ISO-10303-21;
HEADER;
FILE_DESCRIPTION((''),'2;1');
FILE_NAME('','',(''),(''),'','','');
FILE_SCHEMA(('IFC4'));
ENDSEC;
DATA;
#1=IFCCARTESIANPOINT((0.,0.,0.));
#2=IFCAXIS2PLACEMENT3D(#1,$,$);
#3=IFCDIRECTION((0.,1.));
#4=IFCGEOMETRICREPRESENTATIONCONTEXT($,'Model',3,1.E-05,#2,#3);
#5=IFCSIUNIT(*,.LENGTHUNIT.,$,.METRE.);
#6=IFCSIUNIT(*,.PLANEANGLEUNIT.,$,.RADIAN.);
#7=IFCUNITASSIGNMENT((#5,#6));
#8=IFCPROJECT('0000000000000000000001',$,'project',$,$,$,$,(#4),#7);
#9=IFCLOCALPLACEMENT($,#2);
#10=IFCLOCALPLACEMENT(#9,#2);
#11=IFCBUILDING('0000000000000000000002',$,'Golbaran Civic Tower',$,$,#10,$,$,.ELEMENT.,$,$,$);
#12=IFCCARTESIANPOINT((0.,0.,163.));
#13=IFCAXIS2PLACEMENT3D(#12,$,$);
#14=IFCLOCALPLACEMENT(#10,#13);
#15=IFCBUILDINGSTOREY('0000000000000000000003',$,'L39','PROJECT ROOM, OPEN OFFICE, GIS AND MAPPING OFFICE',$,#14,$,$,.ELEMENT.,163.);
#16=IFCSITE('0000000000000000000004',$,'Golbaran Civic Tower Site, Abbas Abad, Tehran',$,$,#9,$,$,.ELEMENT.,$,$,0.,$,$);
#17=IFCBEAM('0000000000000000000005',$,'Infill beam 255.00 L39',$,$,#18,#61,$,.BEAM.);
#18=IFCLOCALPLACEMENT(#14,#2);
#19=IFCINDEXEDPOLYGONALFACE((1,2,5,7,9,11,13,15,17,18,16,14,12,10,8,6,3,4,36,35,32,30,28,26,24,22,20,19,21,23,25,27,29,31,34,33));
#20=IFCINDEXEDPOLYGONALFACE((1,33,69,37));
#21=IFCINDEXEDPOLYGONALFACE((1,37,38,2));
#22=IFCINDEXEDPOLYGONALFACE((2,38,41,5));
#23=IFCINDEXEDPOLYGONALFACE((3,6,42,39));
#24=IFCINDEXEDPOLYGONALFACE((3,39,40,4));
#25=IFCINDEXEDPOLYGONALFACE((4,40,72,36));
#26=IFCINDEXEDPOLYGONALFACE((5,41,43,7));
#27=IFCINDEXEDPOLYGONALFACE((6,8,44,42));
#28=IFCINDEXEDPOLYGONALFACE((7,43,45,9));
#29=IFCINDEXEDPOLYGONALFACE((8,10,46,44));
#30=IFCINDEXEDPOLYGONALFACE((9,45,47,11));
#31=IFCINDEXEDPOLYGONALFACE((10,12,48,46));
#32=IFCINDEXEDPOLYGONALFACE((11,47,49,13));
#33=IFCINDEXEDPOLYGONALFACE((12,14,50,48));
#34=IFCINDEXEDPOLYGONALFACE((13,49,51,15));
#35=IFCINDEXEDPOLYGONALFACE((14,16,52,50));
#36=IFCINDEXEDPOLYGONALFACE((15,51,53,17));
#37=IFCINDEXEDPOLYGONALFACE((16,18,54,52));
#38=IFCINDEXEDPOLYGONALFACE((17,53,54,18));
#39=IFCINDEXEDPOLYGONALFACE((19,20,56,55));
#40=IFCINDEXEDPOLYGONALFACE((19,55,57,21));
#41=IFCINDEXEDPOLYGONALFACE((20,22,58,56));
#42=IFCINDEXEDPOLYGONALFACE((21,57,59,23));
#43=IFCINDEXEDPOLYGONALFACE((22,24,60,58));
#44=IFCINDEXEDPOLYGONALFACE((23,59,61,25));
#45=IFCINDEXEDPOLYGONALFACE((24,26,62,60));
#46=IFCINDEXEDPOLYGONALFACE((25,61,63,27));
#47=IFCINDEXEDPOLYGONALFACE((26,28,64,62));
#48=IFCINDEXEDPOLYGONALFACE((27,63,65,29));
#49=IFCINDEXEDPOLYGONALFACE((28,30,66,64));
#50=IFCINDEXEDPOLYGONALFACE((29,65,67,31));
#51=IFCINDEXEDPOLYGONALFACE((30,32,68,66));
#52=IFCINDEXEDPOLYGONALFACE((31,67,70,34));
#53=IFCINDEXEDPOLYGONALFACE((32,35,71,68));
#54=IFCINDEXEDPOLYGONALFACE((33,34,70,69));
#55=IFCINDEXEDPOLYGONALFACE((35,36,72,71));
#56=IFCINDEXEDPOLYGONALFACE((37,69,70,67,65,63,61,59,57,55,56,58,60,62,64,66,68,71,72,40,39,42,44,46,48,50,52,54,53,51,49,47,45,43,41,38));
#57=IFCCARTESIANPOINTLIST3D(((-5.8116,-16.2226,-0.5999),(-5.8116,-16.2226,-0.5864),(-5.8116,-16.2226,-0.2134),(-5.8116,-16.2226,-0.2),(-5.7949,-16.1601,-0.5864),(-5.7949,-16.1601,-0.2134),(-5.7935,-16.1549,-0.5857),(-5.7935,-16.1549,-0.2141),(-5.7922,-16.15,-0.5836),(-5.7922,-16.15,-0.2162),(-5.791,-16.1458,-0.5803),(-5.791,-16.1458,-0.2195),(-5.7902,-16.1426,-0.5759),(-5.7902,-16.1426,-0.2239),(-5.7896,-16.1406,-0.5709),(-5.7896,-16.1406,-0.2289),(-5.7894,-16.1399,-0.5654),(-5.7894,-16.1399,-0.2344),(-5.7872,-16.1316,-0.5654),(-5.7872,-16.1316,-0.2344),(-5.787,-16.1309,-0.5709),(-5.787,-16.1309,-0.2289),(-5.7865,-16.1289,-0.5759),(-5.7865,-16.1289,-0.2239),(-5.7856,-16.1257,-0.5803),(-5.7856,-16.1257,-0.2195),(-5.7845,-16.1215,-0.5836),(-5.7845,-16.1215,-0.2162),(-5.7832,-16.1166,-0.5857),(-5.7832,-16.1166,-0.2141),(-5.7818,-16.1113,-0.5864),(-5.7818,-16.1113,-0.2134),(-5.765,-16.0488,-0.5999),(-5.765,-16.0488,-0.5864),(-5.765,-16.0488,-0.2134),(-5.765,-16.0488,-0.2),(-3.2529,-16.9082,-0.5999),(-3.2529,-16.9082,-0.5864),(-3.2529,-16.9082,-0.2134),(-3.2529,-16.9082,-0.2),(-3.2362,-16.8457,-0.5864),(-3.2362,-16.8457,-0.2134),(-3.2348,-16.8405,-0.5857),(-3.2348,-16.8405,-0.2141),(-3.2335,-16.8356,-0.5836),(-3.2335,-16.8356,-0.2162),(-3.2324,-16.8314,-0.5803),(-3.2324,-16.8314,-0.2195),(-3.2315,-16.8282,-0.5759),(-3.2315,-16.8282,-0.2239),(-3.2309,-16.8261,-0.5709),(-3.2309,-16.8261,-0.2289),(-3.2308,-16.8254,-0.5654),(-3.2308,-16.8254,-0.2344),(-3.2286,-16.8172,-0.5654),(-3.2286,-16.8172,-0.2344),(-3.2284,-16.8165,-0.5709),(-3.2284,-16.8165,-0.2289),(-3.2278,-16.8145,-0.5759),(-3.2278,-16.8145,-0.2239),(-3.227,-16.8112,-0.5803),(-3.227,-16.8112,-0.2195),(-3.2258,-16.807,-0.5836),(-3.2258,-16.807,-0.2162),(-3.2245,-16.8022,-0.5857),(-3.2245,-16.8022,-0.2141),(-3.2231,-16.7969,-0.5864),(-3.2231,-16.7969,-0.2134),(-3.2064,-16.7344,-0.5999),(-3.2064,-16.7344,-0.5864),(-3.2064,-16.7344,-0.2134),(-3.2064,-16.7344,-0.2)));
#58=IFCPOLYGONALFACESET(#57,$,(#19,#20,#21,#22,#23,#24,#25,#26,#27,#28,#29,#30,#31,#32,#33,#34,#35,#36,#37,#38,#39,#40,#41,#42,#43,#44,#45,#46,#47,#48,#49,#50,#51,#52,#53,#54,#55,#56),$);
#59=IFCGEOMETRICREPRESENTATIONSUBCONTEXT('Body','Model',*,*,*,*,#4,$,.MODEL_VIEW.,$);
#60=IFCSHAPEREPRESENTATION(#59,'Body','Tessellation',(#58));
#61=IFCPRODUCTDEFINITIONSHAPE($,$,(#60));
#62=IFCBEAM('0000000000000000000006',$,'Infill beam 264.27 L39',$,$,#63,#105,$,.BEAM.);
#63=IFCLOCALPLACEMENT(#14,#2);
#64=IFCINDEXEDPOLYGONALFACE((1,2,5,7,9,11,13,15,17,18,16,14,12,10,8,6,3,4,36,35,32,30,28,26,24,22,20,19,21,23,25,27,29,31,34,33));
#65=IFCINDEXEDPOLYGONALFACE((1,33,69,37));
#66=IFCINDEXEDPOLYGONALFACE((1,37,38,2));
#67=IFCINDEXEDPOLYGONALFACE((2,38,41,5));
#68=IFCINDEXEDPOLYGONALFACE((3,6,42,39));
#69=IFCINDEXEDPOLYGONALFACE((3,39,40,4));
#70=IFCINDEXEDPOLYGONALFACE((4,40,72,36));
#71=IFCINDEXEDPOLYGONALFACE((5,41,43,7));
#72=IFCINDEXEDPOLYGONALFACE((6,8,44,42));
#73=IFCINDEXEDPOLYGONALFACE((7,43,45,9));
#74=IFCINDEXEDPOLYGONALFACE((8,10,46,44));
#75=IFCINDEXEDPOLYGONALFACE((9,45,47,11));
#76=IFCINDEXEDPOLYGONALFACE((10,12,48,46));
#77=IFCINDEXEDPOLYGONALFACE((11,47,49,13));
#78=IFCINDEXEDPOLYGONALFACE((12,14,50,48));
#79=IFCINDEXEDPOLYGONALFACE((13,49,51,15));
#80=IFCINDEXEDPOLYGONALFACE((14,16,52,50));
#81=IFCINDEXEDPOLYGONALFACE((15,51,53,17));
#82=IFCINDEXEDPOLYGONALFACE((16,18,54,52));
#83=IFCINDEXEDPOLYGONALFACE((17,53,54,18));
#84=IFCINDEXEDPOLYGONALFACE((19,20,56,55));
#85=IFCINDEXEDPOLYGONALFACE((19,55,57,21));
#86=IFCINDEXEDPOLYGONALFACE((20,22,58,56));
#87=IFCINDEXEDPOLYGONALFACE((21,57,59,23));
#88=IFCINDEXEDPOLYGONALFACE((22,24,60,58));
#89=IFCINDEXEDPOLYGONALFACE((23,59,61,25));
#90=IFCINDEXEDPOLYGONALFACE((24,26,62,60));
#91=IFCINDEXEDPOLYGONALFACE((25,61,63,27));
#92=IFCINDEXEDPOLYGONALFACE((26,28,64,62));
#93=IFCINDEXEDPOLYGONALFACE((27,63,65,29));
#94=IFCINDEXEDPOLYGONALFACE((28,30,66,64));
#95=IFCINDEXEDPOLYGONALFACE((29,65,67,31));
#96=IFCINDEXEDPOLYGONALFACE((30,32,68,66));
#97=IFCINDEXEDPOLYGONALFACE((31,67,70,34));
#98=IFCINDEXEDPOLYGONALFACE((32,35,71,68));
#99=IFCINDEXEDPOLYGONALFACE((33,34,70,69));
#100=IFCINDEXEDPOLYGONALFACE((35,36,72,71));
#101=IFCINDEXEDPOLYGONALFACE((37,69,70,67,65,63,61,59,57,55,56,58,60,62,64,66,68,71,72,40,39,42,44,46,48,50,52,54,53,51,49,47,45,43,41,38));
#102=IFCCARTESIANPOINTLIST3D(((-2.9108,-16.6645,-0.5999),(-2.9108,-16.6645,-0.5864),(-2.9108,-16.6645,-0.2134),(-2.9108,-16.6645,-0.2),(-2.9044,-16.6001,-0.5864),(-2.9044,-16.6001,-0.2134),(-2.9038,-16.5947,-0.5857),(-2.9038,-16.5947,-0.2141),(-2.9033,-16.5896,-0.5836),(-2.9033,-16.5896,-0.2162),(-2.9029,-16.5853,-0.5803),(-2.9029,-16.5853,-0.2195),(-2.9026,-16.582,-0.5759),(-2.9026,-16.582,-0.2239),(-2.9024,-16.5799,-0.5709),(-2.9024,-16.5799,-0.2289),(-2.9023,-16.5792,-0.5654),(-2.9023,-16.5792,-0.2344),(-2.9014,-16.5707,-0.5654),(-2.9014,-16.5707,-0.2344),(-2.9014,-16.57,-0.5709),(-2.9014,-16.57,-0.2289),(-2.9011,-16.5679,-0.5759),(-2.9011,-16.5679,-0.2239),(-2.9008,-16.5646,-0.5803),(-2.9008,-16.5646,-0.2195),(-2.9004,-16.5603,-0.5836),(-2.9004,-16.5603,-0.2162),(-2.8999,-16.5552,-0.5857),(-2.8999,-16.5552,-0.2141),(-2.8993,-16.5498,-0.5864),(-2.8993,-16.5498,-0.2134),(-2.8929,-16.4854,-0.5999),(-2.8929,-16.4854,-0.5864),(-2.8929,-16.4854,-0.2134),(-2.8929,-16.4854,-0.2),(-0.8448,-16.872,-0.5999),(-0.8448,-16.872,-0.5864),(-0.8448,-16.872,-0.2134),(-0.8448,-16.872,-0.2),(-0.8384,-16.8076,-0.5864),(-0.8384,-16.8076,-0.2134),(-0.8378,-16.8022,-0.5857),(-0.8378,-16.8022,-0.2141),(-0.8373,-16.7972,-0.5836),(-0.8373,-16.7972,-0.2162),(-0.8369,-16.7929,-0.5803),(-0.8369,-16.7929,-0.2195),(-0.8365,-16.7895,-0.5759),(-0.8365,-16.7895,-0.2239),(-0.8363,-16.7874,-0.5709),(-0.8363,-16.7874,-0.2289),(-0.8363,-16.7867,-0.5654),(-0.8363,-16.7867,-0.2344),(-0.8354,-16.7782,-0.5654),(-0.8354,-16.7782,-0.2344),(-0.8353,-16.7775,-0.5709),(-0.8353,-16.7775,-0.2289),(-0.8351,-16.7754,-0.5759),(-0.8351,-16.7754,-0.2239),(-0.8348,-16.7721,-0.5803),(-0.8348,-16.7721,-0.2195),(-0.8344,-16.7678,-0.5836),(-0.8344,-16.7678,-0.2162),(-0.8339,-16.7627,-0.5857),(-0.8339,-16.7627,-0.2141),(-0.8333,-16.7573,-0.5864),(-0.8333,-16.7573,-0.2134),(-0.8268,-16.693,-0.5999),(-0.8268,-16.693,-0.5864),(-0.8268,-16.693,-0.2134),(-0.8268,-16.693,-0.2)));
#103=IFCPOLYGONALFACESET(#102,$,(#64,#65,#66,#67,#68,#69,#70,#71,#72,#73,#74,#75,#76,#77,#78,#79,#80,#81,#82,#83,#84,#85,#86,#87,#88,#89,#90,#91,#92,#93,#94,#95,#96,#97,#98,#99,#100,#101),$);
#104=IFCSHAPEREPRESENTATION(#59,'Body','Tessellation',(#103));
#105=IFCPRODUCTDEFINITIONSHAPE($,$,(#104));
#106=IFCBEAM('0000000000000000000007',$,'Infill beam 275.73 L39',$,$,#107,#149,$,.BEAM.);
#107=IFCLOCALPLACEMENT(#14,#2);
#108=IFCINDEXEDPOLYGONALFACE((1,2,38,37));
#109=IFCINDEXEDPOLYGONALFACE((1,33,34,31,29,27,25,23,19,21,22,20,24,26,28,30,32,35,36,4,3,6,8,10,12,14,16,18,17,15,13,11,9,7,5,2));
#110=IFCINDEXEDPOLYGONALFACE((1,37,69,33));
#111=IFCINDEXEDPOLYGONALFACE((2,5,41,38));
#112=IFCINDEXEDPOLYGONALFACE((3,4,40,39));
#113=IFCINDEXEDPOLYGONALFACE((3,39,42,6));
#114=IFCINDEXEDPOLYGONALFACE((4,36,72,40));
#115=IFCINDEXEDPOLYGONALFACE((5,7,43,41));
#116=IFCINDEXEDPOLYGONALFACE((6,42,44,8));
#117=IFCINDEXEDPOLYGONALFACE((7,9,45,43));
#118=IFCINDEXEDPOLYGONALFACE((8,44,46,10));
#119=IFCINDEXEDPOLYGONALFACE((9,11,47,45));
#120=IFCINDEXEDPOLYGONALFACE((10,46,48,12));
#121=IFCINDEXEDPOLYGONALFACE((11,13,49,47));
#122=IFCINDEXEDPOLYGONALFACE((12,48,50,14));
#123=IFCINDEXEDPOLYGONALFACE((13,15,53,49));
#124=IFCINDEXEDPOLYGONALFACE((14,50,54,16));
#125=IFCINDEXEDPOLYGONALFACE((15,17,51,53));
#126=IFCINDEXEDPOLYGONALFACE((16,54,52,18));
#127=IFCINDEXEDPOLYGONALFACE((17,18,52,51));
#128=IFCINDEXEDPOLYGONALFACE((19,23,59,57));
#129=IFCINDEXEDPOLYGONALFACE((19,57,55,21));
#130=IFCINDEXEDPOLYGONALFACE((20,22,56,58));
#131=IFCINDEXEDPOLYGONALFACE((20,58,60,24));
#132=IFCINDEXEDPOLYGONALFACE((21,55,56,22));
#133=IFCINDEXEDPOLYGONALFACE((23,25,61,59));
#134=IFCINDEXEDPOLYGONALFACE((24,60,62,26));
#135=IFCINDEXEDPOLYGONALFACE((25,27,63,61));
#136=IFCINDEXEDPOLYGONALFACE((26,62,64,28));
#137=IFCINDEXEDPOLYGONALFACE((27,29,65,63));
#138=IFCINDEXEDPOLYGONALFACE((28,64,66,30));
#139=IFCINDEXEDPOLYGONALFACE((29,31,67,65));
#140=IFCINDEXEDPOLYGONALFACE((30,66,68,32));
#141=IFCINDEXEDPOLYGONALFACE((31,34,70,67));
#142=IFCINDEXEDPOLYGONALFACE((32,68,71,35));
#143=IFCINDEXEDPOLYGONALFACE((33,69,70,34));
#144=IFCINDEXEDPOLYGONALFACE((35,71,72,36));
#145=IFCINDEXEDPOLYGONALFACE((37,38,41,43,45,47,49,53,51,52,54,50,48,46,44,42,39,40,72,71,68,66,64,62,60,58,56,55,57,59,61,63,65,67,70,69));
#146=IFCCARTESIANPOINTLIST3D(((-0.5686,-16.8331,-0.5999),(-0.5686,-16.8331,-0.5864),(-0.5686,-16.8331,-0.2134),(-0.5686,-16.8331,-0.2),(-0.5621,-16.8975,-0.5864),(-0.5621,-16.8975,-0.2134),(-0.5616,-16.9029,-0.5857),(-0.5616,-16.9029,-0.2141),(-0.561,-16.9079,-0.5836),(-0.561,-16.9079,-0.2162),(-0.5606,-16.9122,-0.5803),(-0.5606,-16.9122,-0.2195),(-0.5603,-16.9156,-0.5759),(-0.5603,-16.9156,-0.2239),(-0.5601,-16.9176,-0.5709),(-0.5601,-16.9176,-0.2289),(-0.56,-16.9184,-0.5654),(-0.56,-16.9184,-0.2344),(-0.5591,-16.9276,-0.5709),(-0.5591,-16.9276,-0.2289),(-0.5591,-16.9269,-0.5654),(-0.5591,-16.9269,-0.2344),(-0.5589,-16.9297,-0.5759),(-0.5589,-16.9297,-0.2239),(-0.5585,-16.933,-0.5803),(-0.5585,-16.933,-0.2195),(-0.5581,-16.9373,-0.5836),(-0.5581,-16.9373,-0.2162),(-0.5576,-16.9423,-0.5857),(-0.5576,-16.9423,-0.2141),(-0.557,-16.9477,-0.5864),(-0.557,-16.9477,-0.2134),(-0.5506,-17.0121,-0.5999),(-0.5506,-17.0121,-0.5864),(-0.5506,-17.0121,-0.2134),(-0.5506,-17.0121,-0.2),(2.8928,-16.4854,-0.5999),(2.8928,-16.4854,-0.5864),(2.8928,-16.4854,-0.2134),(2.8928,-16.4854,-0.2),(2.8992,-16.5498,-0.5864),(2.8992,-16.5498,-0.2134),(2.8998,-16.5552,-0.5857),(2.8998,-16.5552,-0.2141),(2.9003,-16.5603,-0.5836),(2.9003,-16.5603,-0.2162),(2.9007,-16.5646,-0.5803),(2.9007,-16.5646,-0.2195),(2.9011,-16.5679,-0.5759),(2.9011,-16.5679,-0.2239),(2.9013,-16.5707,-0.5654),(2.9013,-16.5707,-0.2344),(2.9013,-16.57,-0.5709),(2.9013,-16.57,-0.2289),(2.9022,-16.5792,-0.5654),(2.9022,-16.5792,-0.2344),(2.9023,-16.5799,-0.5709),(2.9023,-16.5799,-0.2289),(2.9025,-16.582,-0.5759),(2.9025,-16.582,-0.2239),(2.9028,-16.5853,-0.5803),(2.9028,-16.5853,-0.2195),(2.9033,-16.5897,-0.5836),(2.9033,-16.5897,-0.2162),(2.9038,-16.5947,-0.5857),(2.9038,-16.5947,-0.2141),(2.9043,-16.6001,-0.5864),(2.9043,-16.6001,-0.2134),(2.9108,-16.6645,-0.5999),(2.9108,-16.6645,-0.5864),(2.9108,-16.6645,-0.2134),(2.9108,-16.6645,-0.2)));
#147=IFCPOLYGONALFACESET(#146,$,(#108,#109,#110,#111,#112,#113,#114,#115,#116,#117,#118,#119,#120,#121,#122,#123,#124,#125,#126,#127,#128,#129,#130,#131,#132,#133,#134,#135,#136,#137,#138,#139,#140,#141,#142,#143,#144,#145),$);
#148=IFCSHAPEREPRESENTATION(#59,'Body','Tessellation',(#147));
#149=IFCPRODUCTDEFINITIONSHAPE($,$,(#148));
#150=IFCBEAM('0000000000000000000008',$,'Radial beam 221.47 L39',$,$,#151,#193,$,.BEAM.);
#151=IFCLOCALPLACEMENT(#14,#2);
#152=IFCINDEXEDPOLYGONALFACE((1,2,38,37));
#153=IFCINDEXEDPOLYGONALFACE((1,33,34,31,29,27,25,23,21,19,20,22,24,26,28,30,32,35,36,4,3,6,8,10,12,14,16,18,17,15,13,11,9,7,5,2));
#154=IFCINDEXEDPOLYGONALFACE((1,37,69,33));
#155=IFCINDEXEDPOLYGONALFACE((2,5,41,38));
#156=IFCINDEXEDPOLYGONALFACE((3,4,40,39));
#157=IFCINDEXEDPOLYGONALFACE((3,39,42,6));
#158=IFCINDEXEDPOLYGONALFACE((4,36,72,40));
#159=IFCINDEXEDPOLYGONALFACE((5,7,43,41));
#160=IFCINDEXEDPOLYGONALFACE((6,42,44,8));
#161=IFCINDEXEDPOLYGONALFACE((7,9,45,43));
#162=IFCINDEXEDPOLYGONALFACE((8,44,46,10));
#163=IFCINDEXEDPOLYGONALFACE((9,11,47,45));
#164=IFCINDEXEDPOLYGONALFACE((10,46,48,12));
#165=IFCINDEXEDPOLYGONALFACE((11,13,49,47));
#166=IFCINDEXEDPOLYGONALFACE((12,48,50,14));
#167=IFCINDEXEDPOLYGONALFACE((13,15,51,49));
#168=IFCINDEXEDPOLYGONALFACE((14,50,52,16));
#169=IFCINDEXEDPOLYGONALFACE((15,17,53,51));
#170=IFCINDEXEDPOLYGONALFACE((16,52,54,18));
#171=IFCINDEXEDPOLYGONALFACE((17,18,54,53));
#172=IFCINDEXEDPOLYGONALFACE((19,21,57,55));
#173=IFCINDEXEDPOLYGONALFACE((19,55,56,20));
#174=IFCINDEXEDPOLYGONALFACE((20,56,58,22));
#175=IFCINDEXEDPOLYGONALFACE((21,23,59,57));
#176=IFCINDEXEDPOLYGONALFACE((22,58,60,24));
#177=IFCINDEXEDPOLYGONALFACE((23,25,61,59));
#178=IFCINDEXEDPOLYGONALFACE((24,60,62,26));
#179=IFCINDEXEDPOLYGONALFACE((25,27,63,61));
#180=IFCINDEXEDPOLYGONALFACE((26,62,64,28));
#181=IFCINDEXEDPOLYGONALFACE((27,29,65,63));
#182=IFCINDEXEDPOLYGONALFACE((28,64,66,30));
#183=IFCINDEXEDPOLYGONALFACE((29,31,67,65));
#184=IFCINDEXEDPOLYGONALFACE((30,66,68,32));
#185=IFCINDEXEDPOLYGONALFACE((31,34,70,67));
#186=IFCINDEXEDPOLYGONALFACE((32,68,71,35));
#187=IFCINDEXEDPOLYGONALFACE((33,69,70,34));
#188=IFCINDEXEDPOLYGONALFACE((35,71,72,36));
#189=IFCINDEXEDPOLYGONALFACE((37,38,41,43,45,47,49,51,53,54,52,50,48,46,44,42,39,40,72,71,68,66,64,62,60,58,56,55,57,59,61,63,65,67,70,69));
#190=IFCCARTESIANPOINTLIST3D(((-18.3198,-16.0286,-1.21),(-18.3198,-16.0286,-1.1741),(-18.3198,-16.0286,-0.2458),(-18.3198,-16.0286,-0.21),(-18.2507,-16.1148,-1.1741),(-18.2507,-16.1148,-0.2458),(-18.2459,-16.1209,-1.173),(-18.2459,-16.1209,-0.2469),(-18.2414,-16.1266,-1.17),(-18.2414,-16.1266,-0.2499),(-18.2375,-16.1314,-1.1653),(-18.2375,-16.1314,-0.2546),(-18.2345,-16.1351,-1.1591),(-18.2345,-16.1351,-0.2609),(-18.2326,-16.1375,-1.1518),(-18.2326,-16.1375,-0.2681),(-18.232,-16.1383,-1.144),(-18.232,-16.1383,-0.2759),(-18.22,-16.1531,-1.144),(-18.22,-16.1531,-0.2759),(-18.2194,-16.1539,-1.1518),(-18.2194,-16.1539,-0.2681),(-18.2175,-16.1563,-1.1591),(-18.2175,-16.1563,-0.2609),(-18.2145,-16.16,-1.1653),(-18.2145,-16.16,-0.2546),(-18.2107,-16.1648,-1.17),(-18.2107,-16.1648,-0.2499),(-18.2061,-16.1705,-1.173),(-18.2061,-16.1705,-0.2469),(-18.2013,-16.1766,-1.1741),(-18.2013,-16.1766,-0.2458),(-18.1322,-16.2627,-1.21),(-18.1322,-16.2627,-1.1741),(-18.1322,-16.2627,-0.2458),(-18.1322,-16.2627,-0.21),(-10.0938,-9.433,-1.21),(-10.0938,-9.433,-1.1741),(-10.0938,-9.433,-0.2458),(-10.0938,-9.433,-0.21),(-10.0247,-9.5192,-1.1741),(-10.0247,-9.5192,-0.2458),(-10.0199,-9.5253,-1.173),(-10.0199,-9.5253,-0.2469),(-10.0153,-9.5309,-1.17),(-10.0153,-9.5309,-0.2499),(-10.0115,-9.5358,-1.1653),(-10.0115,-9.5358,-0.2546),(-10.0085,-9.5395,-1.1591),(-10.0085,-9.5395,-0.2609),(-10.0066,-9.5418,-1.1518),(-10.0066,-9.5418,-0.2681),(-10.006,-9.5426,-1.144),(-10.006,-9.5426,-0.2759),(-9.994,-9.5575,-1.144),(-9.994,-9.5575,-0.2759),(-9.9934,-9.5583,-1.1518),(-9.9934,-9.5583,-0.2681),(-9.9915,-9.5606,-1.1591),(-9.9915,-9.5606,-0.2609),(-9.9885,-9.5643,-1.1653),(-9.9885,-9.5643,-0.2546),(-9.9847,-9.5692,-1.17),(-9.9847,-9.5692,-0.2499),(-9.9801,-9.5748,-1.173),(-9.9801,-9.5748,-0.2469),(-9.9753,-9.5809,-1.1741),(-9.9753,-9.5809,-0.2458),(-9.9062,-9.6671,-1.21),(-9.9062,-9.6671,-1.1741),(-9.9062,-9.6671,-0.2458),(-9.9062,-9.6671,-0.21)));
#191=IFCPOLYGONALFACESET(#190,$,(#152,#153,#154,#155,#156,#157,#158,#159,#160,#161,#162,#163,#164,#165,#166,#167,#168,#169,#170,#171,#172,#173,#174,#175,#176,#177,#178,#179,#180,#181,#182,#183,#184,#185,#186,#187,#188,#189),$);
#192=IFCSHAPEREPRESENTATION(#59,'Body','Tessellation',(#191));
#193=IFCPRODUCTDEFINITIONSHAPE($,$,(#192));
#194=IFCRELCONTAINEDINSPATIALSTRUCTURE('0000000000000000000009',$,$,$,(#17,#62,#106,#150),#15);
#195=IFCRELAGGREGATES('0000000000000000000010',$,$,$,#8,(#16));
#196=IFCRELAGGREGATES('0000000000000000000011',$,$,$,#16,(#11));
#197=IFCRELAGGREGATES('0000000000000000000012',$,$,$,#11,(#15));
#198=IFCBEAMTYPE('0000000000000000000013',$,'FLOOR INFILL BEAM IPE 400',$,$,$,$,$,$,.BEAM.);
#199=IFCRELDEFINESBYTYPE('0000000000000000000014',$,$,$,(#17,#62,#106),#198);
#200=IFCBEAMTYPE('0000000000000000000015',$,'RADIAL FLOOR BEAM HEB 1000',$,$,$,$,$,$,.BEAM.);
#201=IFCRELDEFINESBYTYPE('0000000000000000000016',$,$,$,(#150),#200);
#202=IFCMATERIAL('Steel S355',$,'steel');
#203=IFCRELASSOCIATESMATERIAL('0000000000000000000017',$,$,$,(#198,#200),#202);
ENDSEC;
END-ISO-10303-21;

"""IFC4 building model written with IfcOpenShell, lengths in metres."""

from ifc_helpers import new_model, si_unit, direction, frame, origin, origin_2d, place, context, subcontext, project, spatial, i_section, extrude, material, material_profile, profile_set, type_object, element, save


model = new_model("IFC4")

# Units and contexts
model_context = context("Model", 3, precision=1e-05, world=origin(), true_north=direction((0.0, 1.0)))
body_context = subcontext(model_context, "Body", "Model", "MODEL_VIEW")
ifc_project = project(units=[si_unit("LENGTHUNIT", "METRE"), si_unit("PLANEANGLEUNIT", "RADIAN")], contexts=[model_context])

# Site, building, storey
site_placement = place(None, origin())
site = spatial("IfcSite", under=ifc_project, at=site_placement, Name="Golbaran Civic Tower Site, Abbas Abad, Tehran", CompositionType="ELEMENT", RefElevation=0.0)
building_placement = place(site_placement, origin())
building = spatial("IfcBuilding", under=site, at=building_placement, Name="Golbaran Civic Tower", CompositionType="ELEMENT")
storey_placement = place(building_placement, frame((0.0, 0.0, 163.0)))
storey = spatial("IfcBuildingStorey", under=building, at=storey_placement, Name="L39", Description="PROJECT ROOM, OPEN OFFICE, GIS AND MAPPING OFFICE", CompositionType="ELEMENT", Elevation=163.0)

# Beams
ifc_material_1 = material(Name="Steel S355", Category="steel")
ifc_material_profile_1 = material_profile(ifc_material_1, i_section(OverallWidth=0.1799, OverallDepth=0.3999, WebThickness=0.0085, FlangeThickness=0.0134, FilletRadius=0.021, at=origin_2d()), Name="IPE 400")
ifc_profile_set_1 = profile_set([ifc_material_profile_1], Name="Steel S355")
beam_type_1 = type_object("IfcBeamType", Name="FLOOR INFILL BEAM IPE 400", PredefinedType="BEAM", material=ifc_profile_set_1)
beam_1_placement = place(storey_placement, frame((-5.7883, -16.1357, -0.3999), z_axis=(0.965928, -0.25881, 0.0), x_axis=(0.25881, 0.965928, 0.0)))
element("IfcBeam", 1, at=beam_1_placement, inside=storey, type_object=beam_type_1, Name="Infill beam 255.00 L39", PredefinedType="BEAM", context=body_context, shape_type="SweptSolid", body=[
    extrude(i_section(OverallWidth=0.1799, OverallDepth=0.3999, WebThickness=0.0085, FlangeThickness=0.0134, FilletRadius=0.021, at=origin_2d()), origin(), (0.0, 0.0, 1.0), 2.6489),
])
beam_2_placement = place(storey_placement, frame((-2.9019, -16.575, -0.3999), z_axis=(0.994993, -0.099946, 0.0), x_axis=(0.099946, 0.994993, 0.0)))
element("IfcBeam", 2, at=beam_2_placement, inside=storey, type_object=beam_type_1, Name="Infill beam 264.27 L39", PredefinedType="BEAM", context=body_context, shape_type="SweptSolid", body=[
    extrude(i_section(OverallWidth=0.1799, OverallDepth=0.3999, WebThickness=0.0085, FlangeThickness=0.0134, FilletRadius=0.021, at=origin_2d()), origin(), (0.0, 0.0, 1.0), 2.0764),
])
beam_3_placement = place(storey_placement, frame((-0.5596, -16.9226, -0.3999), z_axis=(0.994994, 0.099935, 0.0), x_axis=(-0.099935, 0.994994, 0.0)))
element("IfcBeam", 3, at=beam_3_placement, inside=storey, type_object=beam_type_1, Name="Infill beam 275.73 L39", PredefinedType="BEAM", context=body_context, shape_type="SweptSolid", body=[
    extrude(i_section(OverallWidth=0.1799, OverallDepth=0.3999, WebThickness=0.0085, FlangeThickness=0.0134, FilletRadius=0.021, at=origin_2d()), origin(), (0.0, 0.0, 1.0), 3.4788),
])
ifc_material_profile_2 = material_profile(ifc_material_1, i_section(OverallWidth=0.3, OverallDepth=1.0, WebThickness=0.019, FlangeThickness=0.0359, FilletRadius=0.03, at=origin_2d()), Name="HEB 1000")
ifc_profile_set_2 = profile_set([ifc_material_profile_2], Name="Steel S355")
beam_type_2 = type_object("IfcBeamType", Name="RADIAL FLOOR BEAM HEB 1000", PredefinedType="BEAM", material=ifc_profile_set_2)
beam_4_placement = place(storey_placement, frame((-10.0, -9.55, -0.71), z_axis=(-0.780182, -0.625553, 0.0), x_axis=(0.625553, -0.780182, 0.0)))
element("IfcBeam", 4, at=beam_4_placement, inside=storey, type_object=beam_type_2, Name="Radial beam 221.47 L39", PredefinedType="BEAM", context=body_context, shape_type="SweptSolid", body=[
    extrude(i_section(OverallWidth=0.3, OverallDepth=1.0, WebThickness=0.019, FlangeThickness=0.0359, FilletRadius=0.03, at=origin_2d()), origin(), (0.0, 0.0, 1.0), 10.5437),
])

save(model, "model.ifc")
